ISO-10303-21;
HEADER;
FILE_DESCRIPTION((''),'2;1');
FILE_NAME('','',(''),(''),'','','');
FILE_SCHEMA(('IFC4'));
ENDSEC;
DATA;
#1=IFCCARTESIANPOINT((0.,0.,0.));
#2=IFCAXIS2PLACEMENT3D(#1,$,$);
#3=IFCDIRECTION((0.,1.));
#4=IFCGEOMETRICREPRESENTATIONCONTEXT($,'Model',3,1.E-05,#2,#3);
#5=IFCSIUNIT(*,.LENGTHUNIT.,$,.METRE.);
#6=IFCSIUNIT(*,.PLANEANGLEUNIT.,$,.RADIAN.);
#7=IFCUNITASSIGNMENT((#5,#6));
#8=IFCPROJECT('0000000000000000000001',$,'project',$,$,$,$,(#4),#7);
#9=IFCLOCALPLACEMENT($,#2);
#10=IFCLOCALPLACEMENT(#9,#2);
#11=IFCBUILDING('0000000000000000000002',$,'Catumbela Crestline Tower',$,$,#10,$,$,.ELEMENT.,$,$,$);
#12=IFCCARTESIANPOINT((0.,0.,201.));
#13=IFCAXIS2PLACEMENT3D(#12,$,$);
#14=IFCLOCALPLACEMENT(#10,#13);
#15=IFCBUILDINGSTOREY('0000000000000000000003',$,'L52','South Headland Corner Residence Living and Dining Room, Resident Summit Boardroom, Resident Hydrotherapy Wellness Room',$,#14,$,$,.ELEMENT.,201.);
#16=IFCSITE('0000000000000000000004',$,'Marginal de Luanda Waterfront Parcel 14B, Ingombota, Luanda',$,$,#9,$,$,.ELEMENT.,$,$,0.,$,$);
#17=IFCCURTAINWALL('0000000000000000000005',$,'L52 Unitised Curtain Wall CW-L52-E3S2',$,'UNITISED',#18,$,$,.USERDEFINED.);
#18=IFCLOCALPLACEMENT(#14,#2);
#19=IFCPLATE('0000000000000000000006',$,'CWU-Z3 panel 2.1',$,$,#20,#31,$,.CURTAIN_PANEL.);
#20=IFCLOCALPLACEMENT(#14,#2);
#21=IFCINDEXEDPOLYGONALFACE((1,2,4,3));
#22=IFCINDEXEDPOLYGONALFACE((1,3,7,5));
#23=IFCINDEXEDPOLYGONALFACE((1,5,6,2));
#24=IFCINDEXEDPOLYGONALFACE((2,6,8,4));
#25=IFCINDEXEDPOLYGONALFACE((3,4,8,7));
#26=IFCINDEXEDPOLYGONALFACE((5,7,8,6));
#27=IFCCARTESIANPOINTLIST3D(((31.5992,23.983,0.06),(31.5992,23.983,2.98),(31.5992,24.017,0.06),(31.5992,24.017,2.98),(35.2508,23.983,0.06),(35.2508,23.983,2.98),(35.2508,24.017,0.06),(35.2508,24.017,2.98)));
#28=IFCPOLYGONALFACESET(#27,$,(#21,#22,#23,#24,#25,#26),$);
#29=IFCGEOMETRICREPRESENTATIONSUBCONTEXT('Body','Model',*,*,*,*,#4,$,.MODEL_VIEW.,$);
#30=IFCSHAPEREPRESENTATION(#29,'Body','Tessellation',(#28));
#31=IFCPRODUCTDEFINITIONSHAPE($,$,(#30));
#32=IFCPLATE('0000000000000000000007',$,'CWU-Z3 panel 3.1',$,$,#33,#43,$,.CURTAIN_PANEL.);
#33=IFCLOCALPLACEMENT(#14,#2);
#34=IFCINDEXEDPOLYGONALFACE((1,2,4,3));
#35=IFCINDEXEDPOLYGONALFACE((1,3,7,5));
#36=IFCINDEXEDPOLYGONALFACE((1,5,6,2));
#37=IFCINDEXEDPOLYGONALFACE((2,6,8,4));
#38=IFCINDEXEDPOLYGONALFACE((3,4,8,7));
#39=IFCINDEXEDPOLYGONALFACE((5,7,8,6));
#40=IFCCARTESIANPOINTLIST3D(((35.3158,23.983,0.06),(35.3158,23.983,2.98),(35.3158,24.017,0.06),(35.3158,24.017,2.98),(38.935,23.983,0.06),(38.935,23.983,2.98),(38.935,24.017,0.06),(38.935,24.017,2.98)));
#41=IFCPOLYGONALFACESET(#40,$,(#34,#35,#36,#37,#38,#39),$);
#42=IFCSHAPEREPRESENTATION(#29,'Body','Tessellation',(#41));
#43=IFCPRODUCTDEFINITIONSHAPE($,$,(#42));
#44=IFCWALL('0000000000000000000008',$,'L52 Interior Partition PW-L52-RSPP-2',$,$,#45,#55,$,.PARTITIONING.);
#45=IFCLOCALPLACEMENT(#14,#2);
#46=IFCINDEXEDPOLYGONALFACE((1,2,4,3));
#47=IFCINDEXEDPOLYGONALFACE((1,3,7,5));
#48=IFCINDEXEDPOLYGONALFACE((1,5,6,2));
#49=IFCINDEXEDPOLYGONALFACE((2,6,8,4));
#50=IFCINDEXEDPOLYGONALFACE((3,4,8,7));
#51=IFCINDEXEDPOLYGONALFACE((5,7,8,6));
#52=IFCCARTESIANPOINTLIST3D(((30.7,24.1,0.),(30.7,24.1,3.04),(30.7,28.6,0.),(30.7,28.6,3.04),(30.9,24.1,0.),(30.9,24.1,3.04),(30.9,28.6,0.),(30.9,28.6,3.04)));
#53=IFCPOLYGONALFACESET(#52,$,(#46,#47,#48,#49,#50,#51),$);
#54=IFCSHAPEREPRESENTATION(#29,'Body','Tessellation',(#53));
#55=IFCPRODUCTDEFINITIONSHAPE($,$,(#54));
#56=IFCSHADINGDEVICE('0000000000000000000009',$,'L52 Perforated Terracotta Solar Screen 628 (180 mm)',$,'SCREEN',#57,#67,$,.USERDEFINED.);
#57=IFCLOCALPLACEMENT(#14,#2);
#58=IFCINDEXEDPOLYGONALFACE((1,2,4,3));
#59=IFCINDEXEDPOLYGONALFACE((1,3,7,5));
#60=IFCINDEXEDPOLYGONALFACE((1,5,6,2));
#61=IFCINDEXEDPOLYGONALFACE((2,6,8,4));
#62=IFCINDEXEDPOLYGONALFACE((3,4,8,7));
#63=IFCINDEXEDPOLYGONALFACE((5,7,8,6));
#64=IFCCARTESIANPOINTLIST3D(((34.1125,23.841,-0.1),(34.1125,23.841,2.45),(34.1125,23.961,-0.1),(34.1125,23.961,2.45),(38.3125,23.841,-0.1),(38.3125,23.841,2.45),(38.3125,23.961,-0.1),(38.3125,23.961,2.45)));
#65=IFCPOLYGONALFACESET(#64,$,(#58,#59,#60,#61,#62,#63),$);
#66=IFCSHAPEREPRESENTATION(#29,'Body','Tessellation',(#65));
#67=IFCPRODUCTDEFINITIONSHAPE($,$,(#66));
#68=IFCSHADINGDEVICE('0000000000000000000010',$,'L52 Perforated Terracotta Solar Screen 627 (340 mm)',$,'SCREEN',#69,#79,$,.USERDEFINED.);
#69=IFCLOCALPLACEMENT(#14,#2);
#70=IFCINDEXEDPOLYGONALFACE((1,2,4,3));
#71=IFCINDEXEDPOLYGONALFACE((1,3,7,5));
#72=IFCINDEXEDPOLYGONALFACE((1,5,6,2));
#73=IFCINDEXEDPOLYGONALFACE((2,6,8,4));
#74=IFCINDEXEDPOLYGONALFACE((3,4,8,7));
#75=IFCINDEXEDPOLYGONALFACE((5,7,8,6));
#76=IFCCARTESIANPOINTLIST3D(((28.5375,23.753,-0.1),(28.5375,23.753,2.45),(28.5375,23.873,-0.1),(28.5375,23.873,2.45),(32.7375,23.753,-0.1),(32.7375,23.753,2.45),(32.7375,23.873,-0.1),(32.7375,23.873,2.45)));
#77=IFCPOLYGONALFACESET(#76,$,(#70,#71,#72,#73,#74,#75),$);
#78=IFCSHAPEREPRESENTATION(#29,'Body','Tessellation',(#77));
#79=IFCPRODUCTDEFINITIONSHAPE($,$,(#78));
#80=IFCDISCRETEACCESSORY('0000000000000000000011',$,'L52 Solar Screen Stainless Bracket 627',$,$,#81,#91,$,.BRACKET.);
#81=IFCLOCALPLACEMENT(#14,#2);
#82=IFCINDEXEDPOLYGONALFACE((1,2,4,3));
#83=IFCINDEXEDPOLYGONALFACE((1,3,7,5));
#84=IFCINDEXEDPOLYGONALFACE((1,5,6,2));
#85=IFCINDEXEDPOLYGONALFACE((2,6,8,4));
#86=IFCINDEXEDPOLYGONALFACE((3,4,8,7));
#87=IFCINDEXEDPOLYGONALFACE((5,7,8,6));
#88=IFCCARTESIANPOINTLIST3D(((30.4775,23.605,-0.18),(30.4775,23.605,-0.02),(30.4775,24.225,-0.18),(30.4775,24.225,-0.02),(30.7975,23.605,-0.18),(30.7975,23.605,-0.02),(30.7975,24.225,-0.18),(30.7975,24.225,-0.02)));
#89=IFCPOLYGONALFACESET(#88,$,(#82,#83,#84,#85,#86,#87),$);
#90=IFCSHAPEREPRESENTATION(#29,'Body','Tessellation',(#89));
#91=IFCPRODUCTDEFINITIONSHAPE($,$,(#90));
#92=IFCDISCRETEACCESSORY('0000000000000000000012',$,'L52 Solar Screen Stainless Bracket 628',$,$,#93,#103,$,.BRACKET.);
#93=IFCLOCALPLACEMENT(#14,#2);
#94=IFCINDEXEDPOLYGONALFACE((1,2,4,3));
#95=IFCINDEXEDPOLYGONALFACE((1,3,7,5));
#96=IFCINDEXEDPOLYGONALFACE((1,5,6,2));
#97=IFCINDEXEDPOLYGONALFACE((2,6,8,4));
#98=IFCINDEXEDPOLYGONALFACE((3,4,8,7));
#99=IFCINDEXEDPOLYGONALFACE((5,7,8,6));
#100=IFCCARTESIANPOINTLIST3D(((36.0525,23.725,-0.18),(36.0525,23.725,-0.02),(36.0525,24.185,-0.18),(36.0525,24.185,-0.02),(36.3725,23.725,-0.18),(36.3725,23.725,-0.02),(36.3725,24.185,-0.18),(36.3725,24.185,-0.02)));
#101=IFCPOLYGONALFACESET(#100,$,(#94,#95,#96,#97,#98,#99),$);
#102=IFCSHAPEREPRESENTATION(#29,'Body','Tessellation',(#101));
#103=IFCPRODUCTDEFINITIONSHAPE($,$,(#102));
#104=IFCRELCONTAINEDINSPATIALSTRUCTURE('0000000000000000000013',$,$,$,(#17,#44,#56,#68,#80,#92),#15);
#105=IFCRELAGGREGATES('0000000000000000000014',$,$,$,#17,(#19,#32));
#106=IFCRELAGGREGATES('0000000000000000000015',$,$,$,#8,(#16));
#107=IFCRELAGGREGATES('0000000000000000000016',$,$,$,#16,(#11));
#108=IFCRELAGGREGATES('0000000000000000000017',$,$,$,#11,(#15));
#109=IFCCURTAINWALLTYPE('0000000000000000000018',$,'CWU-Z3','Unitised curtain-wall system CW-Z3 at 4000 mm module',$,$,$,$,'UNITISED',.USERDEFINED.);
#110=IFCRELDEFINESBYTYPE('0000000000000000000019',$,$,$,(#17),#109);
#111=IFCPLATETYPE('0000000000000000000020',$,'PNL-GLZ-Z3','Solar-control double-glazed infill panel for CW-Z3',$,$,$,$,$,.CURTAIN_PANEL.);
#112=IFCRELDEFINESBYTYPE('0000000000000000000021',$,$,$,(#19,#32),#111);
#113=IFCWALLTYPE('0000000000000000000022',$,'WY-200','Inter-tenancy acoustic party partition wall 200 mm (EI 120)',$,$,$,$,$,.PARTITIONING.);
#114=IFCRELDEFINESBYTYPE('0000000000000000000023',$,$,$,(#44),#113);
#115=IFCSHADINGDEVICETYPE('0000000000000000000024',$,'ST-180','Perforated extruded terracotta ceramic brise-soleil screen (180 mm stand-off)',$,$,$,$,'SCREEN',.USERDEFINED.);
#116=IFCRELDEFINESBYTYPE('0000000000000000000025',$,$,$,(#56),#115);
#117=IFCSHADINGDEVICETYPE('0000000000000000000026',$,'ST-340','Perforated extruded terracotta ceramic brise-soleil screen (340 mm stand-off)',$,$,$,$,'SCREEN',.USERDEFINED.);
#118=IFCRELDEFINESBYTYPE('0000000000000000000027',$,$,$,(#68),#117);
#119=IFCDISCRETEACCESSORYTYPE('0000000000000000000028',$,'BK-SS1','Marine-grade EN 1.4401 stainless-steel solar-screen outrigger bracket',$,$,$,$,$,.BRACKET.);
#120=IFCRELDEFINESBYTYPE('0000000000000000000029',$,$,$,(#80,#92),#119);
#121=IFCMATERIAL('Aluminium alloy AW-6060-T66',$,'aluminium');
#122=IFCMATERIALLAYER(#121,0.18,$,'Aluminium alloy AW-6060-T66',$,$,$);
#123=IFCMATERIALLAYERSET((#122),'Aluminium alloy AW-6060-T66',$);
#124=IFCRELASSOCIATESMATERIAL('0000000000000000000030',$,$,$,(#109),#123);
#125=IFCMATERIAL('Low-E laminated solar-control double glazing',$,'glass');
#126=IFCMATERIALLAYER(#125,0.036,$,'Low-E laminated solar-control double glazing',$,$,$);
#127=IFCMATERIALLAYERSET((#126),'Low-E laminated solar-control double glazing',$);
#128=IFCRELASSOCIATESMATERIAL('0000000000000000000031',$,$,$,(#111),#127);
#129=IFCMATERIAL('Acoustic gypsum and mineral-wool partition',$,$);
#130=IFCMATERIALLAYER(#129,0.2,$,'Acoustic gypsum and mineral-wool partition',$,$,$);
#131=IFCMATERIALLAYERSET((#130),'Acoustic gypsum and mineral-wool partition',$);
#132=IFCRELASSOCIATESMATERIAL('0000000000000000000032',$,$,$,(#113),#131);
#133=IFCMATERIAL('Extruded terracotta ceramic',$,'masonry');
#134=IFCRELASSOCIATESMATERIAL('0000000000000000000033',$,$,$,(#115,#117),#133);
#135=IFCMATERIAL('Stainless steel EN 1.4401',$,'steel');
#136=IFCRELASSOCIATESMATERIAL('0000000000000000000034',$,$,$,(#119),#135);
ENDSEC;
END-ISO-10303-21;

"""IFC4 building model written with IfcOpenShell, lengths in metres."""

from ifc_helpers import new_model, si_unit, direction, frame, frame_2d, origin, origin_2d, place, context, subcontext, project, spatial, rectangle, extrude, material, layer, layer_set, type_object, element, aggregate, save


model = new_model("IFC4")

# Units and contexts
model_context = context("Model", 3, precision=1e-05, world=origin(), true_north=direction((0.0, 1.0)))
body_context = subcontext(model_context, "Body", "Model", "MODEL_VIEW")
ifc_project = project(units=[si_unit("LENGTHUNIT", "METRE"), si_unit("PLANEANGLEUNIT", "RADIAN")], contexts=[model_context])

# Site, building, storey
site_placement = place(None, origin())
site = spatial("IfcSite", under=ifc_project, at=site_placement, Name="Marginal de Luanda Waterfront Parcel 14B, Ingombota, Luanda", CompositionType="ELEMENT", RefElevation=0.0)
building_placement = place(site_placement, origin())
building = spatial("IfcBuilding", under=site, at=building_placement, Name="Catumbela Crestline Tower", CompositionType="ELEMENT")
storey_placement = place(building_placement, frame((0.0, 0.0, 201.0)))
storey = spatial("IfcBuildingStorey", under=building, at=storey_placement, Name="L52", Description="South Headland Corner Residence Living and Dining Room, Resident Summit Boardroom, Resident Hydrotherapy Wellness Room", CompositionType="ELEMENT", Elevation=201.0)

# Curtain wall
ifc_material_1 = material(Name="Aluminium alloy AW-6060-T66", Category="aluminium")
ifc_layer_1 = layer(ifc_material_1, 0.18, Name="Aluminium alloy AW-6060-T66")
ifc_layer_set_1 = layer_set([ifc_layer_1], Name="Aluminium alloy AW-6060-T66")
curtain_wall_type = type_object("IfcCurtainWallType", Name="CWU-Z3", Description="Unitised curtain-wall system CW-Z3 at 4000 mm module", ElementType="UNITISED", PredefinedType="USERDEFINED", material=ifc_layer_set_1)
curtain_wall_placement = place(storey_placement, origin())
curtain_wall = element("IfcCurtainWall", 1, at=curtain_wall_placement, inside=storey, type_object=curtain_wall_type, Name="L52 Unitised Curtain Wall CW-L52-E3S2", ObjectType="UNITISED", PredefinedType="USERDEFINED")

# Plates
ifc_material_2 = material(Name="Low-E laminated solar-control double glazing", Category="glass")
ifc_layer_2 = layer(ifc_material_2, 0.036, Name="Low-E laminated solar-control double glazing")
ifc_layer_set_2 = layer_set([ifc_layer_2], Name="Low-E laminated solar-control double glazing")
plate_type = type_object("IfcPlateType", Name="PNL-GLZ-Z3", Description="Solar-control double-glazed infill panel for CW-Z3", PredefinedType="CURTAIN_PANEL", material=ifc_layer_set_2)
plate_1_placement = place(storey_placement, frame((33.425, 24.0, 0.06), z_axis=(0.0, 0.0, 1.0), x_axis=(1.0, 0.0, 0.0)))
plate_1 = element("IfcPlate", 2, at=plate_1_placement, type_object=plate_type, Name="CWU-Z3 panel 2.1", PredefinedType="CURTAIN_PANEL", context=body_context, shape_type="SweptSolid", body=[
    extrude(rectangle(XDim=3.6517, YDim=0.034, at=origin_2d()), origin(), (0.0, 0.0, 1.0), 2.92),
])
plate_2_placement = place(storey_placement, frame((37.1254, 24.0, 0.06), z_axis=(0.0, 0.0, 1.0), x_axis=(1.0, 0.0, 0.0)))
plate_2 = element("IfcPlate", 3, at=plate_2_placement, type_object=plate_type, Name="CWU-Z3 panel 3.1", PredefinedType="CURTAIN_PANEL", context=body_context, shape_type="SweptSolid", body=[
    extrude(rectangle(XDim=3.6192, YDim=0.034, at=origin_2d()), origin(), (0.0, 0.0, 1.0), 2.92),
])
aggregate(curtain_wall, [plate_1, plate_2])

# Wall
ifc_material_3 = material(Name="Acoustic gypsum and mineral-wool partition")
ifc_layer_3 = layer(ifc_material_3, 0.2, Name="Acoustic gypsum and mineral-wool partition")
ifc_layer_set_3 = layer_set([ifc_layer_3], Name="Acoustic gypsum and mineral-wool partition")
wall_type = type_object("IfcWallType", Name="WY-200", Description="Inter-tenancy acoustic party partition wall 200 mm (EI 120)", PredefinedType="PARTITIONING", material=ifc_layer_set_3)
wall_placement = place(storey_placement, frame((30.8, 24.1, 0.0), z_axis=(0.0, 0.0, 1.0), x_axis=(0.0, 1.0, 0.0)))
element("IfcWall", 4, at=wall_placement, inside=storey, type_object=wall_type, Name="L52 Interior Partition PW-L52-RSPP-2", PredefinedType="PARTITIONING", context=body_context, shape_type="SweptSolid", body=[
    extrude(rectangle(XDim=4.5, YDim=0.2, at=frame_2d((2.25, 0.0))), origin(), (0.0, 0.0, 1.0), 3.04),
])

# Shading devices
ifc_material_4 = material(Name="Extruded terracotta ceramic", Category="masonry")
shading_device_type_1 = type_object("IfcShadingDeviceType", Name="ST-180", Description="Perforated extruded terracotta ceramic brise-soleil screen (180 mm stand-off)", ElementType="SCREEN", PredefinedType="USERDEFINED", material=ifc_material_4)
shading_device_1_placement = place(storey_placement, frame((36.2125, 23.901, -0.1), z_axis=(0.0, 0.0, 1.0), x_axis=(1.0, 0.0, 0.0)))
element("IfcShadingDevice", 5, at=shading_device_1_placement, inside=storey, type_object=shading_device_type_1, Name="L52 Perforated Terracotta Solar Screen 628 (180 mm)", ObjectType="SCREEN", PredefinedType="USERDEFINED", context=body_context, shape_type="SweptSolid", body=[
    extrude(rectangle(XDim=4.2, YDim=0.12, at=origin_2d()), origin(), (0.0, 0.0, 1.0), 2.55),
])
shading_device_type_2 = type_object("IfcShadingDeviceType", Name="ST-340", Description="Perforated extruded terracotta ceramic brise-soleil screen (340 mm stand-off)", ElementType="SCREEN", PredefinedType="USERDEFINED", material=ifc_material_4)
shading_device_2_placement = place(storey_placement, frame((30.6375, 23.813, -0.1), z_axis=(0.0, 0.0, 1.0), x_axis=(1.0, 0.0, 0.0)))
element("IfcShadingDevice", 6, at=shading_device_2_placement, inside=storey, type_object=shading_device_type_2, Name="L52 Perforated Terracotta Solar Screen 627 (340 mm)", ObjectType="SCREEN", PredefinedType="USERDEFINED", context=body_context, shape_type="SweptSolid", body=[
    extrude(rectangle(XDim=4.2, YDim=0.12, at=origin_2d()), origin(), (0.0, 0.0, 1.0), 2.55),
])

# Discrete accessories
ifc_material_5 = material(Name="Stainless steel EN 1.4401", Category="steel")
discrete_accessory_type = type_object("IfcDiscreteAccessoryType", Name="BK-SS1", Description="Marine-grade EN 1.4401 stainless-steel solar-screen outrigger bracket", PredefinedType="BRACKET", material=ifc_material_5)
discrete_accessory_1_placement = place(storey_placement, frame((30.6375, 23.915, -0.18), z_axis=(0.0, 0.0, 1.0), x_axis=(1.0, 0.0, 0.0)))
element("IfcDiscreteAccessory", 7, at=discrete_accessory_1_placement, inside=storey, type_object=discrete_accessory_type, Name="L52 Solar Screen Stainless Bracket 627", PredefinedType="BRACKET", context=body_context, shape_type="SweptSolid", body=[
    extrude(rectangle(XDim=0.32, YDim=0.62, at=origin_2d()), origin(), (0.0, 0.0, 1.0), 0.16),
])
discrete_accessory_2_placement = place(storey_placement, frame((36.2125, 23.955, -0.18), z_axis=(0.0, 0.0, 1.0), x_axis=(1.0, 0.0, 0.0)))
element("IfcDiscreteAccessory", 8, at=discrete_accessory_2_placement, inside=storey, type_object=discrete_accessory_type, Name="L52 Solar Screen Stainless Bracket 628", PredefinedType="BRACKET", context=body_context, shape_type="SweptSolid", body=[
    extrude(rectangle(XDim=0.32, YDim=0.46, at=origin_2d()), origin(), (0.0, 0.0, 1.0), 0.16),
])

save(model, "model.ifc")
